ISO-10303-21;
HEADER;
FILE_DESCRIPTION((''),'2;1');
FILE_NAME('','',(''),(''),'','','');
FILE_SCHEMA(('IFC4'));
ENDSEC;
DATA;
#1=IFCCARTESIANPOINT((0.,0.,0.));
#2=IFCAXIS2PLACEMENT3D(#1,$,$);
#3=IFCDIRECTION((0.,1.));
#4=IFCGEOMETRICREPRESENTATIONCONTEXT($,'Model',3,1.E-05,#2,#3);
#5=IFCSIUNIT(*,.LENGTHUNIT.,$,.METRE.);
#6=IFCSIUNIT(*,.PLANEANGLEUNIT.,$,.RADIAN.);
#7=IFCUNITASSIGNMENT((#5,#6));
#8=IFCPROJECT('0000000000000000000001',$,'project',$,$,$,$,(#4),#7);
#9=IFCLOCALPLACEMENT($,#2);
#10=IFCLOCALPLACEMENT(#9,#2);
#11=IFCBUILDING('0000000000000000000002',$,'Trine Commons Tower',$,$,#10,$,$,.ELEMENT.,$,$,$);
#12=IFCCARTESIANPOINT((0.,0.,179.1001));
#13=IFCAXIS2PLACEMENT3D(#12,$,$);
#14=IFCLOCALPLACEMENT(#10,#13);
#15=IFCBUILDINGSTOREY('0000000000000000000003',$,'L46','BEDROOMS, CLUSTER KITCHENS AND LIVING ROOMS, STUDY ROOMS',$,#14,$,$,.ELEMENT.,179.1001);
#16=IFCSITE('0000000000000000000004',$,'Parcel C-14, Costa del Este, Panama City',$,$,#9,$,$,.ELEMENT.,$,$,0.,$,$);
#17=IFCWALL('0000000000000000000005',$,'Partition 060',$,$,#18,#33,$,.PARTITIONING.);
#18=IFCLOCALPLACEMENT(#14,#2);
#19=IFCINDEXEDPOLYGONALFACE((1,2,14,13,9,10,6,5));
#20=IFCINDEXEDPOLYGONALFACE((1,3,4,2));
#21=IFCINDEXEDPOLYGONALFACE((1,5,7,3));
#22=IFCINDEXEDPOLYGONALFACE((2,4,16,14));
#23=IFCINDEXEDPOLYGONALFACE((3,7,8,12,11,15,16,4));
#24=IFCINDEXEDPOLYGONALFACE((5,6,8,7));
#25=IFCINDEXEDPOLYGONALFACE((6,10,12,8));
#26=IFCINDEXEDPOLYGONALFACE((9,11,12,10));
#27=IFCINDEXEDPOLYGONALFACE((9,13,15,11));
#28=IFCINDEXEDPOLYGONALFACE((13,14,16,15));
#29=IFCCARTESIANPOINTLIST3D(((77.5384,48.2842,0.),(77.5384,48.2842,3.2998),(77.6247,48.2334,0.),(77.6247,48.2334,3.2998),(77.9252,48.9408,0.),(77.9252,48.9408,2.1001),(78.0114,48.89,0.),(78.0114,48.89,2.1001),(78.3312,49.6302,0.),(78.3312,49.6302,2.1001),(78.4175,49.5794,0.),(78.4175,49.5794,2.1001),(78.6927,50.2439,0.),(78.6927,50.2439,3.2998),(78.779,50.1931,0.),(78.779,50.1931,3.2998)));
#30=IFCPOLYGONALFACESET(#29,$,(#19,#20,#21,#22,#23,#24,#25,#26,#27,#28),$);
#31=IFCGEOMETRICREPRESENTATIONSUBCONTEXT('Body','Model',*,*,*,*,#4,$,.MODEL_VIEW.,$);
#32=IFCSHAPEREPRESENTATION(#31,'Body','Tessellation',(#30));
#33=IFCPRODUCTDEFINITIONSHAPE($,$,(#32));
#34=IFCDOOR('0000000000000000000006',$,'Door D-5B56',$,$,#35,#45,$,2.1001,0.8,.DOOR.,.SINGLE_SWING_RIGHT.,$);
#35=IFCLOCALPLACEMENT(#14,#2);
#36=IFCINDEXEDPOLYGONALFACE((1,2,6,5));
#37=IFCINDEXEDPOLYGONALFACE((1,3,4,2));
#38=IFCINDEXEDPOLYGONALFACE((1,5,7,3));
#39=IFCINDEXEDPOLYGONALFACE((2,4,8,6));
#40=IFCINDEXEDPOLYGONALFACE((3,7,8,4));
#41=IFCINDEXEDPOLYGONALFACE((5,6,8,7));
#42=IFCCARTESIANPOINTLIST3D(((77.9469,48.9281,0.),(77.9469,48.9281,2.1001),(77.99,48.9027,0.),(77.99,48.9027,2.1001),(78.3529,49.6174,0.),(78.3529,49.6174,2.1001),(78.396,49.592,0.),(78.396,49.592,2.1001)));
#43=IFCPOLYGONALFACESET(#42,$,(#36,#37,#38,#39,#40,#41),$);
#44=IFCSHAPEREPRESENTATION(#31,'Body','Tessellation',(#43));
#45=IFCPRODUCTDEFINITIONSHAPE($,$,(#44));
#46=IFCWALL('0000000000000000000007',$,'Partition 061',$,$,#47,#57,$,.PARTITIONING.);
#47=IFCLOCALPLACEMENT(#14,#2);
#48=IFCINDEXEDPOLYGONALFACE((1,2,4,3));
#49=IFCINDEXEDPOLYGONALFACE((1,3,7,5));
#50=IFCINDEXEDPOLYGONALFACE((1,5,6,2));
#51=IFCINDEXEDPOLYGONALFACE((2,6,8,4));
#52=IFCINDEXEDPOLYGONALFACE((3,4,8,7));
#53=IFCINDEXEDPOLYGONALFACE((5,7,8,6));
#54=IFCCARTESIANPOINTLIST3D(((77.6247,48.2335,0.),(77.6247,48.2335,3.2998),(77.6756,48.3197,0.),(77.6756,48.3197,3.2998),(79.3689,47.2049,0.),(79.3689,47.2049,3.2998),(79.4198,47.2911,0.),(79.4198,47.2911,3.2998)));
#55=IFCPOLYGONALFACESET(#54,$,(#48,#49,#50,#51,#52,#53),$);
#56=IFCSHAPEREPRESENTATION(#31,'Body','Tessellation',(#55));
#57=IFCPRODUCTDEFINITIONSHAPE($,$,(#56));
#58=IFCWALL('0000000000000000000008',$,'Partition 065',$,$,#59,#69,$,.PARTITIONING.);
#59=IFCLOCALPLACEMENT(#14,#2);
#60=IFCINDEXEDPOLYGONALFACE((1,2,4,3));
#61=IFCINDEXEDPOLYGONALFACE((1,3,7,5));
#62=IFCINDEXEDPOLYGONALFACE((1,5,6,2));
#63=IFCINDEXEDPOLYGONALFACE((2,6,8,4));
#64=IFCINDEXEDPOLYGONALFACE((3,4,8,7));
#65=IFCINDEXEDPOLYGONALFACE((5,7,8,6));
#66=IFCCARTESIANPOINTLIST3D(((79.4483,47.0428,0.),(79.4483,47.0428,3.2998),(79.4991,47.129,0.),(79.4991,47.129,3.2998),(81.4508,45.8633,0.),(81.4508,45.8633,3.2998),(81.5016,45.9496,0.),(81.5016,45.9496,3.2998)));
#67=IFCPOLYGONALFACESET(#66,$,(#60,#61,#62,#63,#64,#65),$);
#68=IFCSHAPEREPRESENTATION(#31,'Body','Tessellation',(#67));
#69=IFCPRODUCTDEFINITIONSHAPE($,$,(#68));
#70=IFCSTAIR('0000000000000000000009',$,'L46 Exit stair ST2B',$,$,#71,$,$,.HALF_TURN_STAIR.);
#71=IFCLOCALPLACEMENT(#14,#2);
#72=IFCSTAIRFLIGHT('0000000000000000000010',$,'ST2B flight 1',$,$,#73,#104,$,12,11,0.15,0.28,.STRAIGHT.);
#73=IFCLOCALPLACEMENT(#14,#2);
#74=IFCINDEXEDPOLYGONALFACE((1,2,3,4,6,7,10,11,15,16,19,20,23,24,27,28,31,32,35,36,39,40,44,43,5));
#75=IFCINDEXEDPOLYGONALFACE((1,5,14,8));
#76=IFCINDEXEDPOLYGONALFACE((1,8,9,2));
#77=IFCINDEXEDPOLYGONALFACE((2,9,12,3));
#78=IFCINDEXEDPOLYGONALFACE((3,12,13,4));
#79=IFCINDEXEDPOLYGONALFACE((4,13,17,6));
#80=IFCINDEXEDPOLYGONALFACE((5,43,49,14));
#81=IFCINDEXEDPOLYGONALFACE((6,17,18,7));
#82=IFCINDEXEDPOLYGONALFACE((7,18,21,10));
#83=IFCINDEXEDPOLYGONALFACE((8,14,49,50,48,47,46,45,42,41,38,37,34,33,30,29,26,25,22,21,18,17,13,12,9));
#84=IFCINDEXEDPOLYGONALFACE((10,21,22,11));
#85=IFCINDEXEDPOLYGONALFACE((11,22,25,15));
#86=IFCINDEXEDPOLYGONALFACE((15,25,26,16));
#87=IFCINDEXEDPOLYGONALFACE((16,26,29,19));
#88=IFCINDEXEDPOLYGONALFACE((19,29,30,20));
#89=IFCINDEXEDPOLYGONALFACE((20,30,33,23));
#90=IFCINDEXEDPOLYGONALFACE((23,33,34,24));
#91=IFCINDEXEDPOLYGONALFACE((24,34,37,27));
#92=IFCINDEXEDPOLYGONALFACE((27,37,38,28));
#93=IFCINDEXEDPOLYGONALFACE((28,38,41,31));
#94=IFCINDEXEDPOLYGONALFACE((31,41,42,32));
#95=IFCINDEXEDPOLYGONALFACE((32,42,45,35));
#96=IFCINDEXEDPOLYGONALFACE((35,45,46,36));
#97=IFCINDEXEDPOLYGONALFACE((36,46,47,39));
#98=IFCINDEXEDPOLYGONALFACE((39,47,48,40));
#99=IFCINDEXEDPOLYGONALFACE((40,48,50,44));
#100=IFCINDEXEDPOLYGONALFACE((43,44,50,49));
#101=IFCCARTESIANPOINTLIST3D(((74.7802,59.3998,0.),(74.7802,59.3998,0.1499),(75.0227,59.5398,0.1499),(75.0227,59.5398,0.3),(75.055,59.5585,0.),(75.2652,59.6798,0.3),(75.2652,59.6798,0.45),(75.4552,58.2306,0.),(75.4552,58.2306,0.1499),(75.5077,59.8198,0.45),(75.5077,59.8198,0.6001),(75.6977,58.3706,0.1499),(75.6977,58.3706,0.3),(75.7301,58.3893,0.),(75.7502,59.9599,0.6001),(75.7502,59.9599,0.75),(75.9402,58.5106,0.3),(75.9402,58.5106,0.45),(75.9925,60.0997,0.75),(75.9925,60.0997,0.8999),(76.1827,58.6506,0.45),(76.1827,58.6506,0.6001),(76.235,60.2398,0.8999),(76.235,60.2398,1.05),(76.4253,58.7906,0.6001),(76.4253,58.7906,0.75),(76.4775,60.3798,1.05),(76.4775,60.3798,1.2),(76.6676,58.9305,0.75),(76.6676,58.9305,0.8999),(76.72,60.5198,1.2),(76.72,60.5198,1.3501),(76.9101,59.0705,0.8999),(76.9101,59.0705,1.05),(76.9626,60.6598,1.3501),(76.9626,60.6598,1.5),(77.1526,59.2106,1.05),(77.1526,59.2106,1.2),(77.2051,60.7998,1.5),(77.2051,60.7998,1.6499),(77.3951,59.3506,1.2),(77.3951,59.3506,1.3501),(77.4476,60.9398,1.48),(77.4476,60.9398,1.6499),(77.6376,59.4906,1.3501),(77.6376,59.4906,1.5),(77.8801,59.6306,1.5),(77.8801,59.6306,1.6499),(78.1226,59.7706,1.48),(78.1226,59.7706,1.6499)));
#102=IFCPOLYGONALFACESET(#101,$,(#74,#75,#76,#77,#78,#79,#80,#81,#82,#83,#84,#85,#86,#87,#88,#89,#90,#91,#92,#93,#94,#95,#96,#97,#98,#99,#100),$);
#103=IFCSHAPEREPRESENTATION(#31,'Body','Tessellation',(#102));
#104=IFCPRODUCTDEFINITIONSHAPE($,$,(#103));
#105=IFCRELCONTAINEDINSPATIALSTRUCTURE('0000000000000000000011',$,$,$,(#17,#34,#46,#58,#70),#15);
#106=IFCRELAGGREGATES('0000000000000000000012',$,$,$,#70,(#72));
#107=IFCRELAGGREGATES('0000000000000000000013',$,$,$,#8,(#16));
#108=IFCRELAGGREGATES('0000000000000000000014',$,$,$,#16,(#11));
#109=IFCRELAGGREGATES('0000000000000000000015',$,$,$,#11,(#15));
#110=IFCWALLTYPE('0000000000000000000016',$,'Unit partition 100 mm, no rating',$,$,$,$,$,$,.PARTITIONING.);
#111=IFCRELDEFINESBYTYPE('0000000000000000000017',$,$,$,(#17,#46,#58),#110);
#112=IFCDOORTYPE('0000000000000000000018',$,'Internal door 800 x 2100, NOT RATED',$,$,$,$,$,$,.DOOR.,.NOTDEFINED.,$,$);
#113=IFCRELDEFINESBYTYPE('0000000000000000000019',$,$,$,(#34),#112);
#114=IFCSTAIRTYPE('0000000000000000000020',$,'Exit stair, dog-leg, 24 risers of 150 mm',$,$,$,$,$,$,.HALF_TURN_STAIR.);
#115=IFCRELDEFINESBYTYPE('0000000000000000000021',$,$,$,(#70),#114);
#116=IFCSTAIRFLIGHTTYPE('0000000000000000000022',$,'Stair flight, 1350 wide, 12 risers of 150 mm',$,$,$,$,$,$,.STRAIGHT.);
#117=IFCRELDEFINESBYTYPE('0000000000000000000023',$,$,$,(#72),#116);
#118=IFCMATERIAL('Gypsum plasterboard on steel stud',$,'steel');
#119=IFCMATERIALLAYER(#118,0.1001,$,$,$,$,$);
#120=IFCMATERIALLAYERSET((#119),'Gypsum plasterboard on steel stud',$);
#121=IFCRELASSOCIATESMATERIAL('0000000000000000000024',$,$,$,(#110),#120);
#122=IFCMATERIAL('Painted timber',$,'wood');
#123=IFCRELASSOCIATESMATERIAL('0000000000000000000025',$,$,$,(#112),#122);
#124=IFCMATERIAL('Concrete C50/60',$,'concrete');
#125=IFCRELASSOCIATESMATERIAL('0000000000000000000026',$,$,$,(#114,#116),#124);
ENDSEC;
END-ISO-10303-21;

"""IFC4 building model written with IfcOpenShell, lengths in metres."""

from ifc_helpers import new_model, si_unit, direction, frame, frame_2d, origin, place, context, subcontext, project, spatial, polyline, rectangle, outline, extrude, material, layer, layer_set, type_object, element, fill, aggregate, save


model = new_model("IFC4")

# Units and contexts
model_context = context("Model", 3, precision=1e-05, world=origin(), true_north=direction((0.0, 1.0)))
body_context = subcontext(model_context, "Body", "Model", "MODEL_VIEW")
ifc_project = project(units=[si_unit("LENGTHUNIT", "METRE"), si_unit("PLANEANGLEUNIT", "RADIAN")], contexts=[model_context])

# Site, building, storey
site_placement = place(None, origin())
site = spatial("IfcSite", under=ifc_project, at=site_placement, Name="Parcel C-14, Costa del Este, Panama City", CompositionType="ELEMENT", RefElevation=0.0)
building_placement = place(site_placement, origin())
building = spatial("IfcBuilding", under=site, at=building_placement, Name="Trine Commons Tower", CompositionType="ELEMENT")
storey_placement = place(building_placement, frame((0.0, 0.0, 179.1001)))
storey = spatial("IfcBuildingStorey", under=building, at=storey_placement, Name="L46", Description="BEDROOMS, CLUSTER KITCHENS AND LIVING ROOMS, STUDY ROOMS", CompositionType="ELEMENT", Elevation=179.1001)

# Shared definitions
ifc_material_1 = material(Name="Gypsum plasterboard on steel stud", Category="steel")
ifc_material_2 = material(Name="Painted timber", Category="wood")

# Wall, opening, door
ifc_layer_1 = layer(ifc_material_1, 0.1001)
ifc_layer_set_1 = layer_set([ifc_layer_1], Name="Gypsum plasterboard on steel stud")
wall_type_1 = type_object("IfcWallType", Name="Unit partition 100 mm, no rating", PredefinedType="PARTITIONING", material=ifc_layer_set_1)
wall_1_placement = place(storey_placement, frame((77.5815, 48.2588, 0.0), z_axis=(0.0, 0.0, 1.0), x_axis=(0.507517, 0.861642, 0.0)))
wall_1 = element("IfcWall", 1, at=wall_1_placement, inside=storey, type_object=wall_type_1, Name="Partition 060", PredefinedType="PARTITIONING", context=body_context, shape_type="SweptSolid", body=[
    extrude(rectangle(XDim=2.2744, YDim=0.1001, at=frame_2d((1.1372, 0.0))), origin(), (0.0, 0.0, 1.0), 3.2998),
])
opening_1_placement = place(wall_1_placement, frame((0.7622, 0.0, 0.0)))
opening_1 = element("IfcOpeningElement", 2, at=opening_1_placement, cuts=wall_1, PredefinedType="OPENING", context=body_context, shape_type="SweptSolid", body=[
    extrude(rectangle(XDim=0.8, YDim=2.1001, at=frame_2d((0.3999, 1.05))), frame((0.0, 0.0601, 0.0), z_axis=(0.0, -1.0, 0.0), x_axis=(1.0, 0.0, 0.0)), (0.0, 0.0, 1.0), 0.1201),
])
door_type_1 = type_object("IfcDoorType", Name="Internal door 800 x 2100, NOT RATED", OperationType="NOTDEFINED", PredefinedType="DOOR", material=ifc_material_2)
door_1_placement = place(opening_1_placement, origin())
door_1 = element("IfcDoor", 3, at=door_1_placement, inside=storey, type_object=door_type_1, Name="Door D-5B56", OperationType="SINGLE_SWING_RIGHT", OverallHeight=2.1001, OverallWidth=0.8, PredefinedType="DOOR", context=body_context, shape_type="SweptSolid", body=[
    extrude(rectangle(XDim=0.8, YDim=2.1001, at=frame_2d((0.3999, 1.05))), frame((0.0, 0.0249, 0.0), z_axis=(0.0, -1.0, 0.0), x_axis=(1.0, 0.0, 0.0)), (0.0, 0.0, 1.0), 0.05),
])
fill(opening_1, door_1)

# Walls
wall_2_placement = place(storey_placement, frame((77.6501, 48.2766, 0.0), z_axis=(0.0, 0.0, 1.0), x_axis=(0.861373, -0.507974, 0.0)))
element("IfcWall", 4, at=wall_2_placement, inside=storey, type_object=wall_type_1, Name="Partition 061", PredefinedType="PARTITIONING", context=body_context, shape_type="SweptSolid", body=[
    extrude(rectangle(XDim=2.0249, YDim=0.1001, at=frame_2d((1.0125, 0.0))), origin(), (0.0, 0.0, 1.0), 3.2998),
])
wall_3_placement = place(storey_placement, frame((79.4736, 47.0859, 0.0), z_axis=(0.0, 0.0, 1.0), x_axis=(0.861645, -0.507511, 0.0)))
element("IfcWall", 5, at=wall_3_placement, inside=storey, type_object=wall_type_1, Name="Partition 065", PredefinedType="PARTITIONING", context=body_context, shape_type="SweptSolid", body=[
    extrude(rectangle(XDim=2.324, YDim=0.1001, at=frame_2d((1.1621, 0.0))), origin(), (0.0, 0.0, 1.0), 3.2998),
])

# Stair, stair flight
ifc_material_3 = material(Name="Concrete C50/60", Category="concrete")
stair_type = type_object("IfcStairType", Name="Exit stair, dog-leg, 24 risers of 150 mm", PredefinedType="HALF_TURN_STAIR", material=ifc_material_3)
stair_placement = place(storey_placement, origin())
stair = element("IfcStair", 6, at=stair_placement, inside=storey, type_object=stair_type, Name="L46 Exit stair ST2B", PredefinedType="HALF_TURN_STAIR")
stair_flight_type = type_object("IfcStairFlightType", Name="Stair flight, 1350 wide, 12 risers of 150 mm", PredefinedType="STRAIGHT", material=ifc_material_3)
stair_flight_placement = place(storey_placement, frame((75.1177, 58.8152, 0.0), z_axis=(0.0, 0.0, 1.0), x_axis=(0.866025, 0.5, 0.0)))
stair_flight = element("IfcStairFlight", 7, at=stair_flight_placement, type_object=stair_flight_type, Name="ST2B flight 1", NumberOfRisers=12, NumberOfTreads=11, PredefinedType="STRAIGHT", RiserHeight=0.15, TreadLength=0.28, context=body_context, shape_type="SweptSolid", body=[
    extrude(outline(polyline([(0.0, 0.0), (0.0, 0.1499), (0.28, 0.1499), (0.28, 0.3), (0.5601, 0.3), (0.5601, 0.45), (0.8401, 0.45), (0.8401, 0.6001), (1.1201, 0.6001), (1.1201, 0.75), (1.3999, 0.75), (1.3999, 0.8999), (1.6799, 0.8999), (1.6799, 1.05), (1.96, 1.05), (1.96, 1.2), (2.24, 1.2), (2.24, 1.3501), (2.52, 1.3501), (2.52, 1.5), (2.8, 1.5), (2.8, 1.6499), (3.0801, 1.6499), (3.0801, 1.8), (3.0801, 1.48), (0.3174, 0.0), (0.0, 0.0)])), frame((0.0, 0.675, 0.0), z_axis=(0.0, -1.0, 0.0), x_axis=(1.0, 0.0, 0.0)), (0.0, 0.0, 1.0), 1.3501),
])
aggregate(stair, [stair_flight])

save(model, "model.ifc")
